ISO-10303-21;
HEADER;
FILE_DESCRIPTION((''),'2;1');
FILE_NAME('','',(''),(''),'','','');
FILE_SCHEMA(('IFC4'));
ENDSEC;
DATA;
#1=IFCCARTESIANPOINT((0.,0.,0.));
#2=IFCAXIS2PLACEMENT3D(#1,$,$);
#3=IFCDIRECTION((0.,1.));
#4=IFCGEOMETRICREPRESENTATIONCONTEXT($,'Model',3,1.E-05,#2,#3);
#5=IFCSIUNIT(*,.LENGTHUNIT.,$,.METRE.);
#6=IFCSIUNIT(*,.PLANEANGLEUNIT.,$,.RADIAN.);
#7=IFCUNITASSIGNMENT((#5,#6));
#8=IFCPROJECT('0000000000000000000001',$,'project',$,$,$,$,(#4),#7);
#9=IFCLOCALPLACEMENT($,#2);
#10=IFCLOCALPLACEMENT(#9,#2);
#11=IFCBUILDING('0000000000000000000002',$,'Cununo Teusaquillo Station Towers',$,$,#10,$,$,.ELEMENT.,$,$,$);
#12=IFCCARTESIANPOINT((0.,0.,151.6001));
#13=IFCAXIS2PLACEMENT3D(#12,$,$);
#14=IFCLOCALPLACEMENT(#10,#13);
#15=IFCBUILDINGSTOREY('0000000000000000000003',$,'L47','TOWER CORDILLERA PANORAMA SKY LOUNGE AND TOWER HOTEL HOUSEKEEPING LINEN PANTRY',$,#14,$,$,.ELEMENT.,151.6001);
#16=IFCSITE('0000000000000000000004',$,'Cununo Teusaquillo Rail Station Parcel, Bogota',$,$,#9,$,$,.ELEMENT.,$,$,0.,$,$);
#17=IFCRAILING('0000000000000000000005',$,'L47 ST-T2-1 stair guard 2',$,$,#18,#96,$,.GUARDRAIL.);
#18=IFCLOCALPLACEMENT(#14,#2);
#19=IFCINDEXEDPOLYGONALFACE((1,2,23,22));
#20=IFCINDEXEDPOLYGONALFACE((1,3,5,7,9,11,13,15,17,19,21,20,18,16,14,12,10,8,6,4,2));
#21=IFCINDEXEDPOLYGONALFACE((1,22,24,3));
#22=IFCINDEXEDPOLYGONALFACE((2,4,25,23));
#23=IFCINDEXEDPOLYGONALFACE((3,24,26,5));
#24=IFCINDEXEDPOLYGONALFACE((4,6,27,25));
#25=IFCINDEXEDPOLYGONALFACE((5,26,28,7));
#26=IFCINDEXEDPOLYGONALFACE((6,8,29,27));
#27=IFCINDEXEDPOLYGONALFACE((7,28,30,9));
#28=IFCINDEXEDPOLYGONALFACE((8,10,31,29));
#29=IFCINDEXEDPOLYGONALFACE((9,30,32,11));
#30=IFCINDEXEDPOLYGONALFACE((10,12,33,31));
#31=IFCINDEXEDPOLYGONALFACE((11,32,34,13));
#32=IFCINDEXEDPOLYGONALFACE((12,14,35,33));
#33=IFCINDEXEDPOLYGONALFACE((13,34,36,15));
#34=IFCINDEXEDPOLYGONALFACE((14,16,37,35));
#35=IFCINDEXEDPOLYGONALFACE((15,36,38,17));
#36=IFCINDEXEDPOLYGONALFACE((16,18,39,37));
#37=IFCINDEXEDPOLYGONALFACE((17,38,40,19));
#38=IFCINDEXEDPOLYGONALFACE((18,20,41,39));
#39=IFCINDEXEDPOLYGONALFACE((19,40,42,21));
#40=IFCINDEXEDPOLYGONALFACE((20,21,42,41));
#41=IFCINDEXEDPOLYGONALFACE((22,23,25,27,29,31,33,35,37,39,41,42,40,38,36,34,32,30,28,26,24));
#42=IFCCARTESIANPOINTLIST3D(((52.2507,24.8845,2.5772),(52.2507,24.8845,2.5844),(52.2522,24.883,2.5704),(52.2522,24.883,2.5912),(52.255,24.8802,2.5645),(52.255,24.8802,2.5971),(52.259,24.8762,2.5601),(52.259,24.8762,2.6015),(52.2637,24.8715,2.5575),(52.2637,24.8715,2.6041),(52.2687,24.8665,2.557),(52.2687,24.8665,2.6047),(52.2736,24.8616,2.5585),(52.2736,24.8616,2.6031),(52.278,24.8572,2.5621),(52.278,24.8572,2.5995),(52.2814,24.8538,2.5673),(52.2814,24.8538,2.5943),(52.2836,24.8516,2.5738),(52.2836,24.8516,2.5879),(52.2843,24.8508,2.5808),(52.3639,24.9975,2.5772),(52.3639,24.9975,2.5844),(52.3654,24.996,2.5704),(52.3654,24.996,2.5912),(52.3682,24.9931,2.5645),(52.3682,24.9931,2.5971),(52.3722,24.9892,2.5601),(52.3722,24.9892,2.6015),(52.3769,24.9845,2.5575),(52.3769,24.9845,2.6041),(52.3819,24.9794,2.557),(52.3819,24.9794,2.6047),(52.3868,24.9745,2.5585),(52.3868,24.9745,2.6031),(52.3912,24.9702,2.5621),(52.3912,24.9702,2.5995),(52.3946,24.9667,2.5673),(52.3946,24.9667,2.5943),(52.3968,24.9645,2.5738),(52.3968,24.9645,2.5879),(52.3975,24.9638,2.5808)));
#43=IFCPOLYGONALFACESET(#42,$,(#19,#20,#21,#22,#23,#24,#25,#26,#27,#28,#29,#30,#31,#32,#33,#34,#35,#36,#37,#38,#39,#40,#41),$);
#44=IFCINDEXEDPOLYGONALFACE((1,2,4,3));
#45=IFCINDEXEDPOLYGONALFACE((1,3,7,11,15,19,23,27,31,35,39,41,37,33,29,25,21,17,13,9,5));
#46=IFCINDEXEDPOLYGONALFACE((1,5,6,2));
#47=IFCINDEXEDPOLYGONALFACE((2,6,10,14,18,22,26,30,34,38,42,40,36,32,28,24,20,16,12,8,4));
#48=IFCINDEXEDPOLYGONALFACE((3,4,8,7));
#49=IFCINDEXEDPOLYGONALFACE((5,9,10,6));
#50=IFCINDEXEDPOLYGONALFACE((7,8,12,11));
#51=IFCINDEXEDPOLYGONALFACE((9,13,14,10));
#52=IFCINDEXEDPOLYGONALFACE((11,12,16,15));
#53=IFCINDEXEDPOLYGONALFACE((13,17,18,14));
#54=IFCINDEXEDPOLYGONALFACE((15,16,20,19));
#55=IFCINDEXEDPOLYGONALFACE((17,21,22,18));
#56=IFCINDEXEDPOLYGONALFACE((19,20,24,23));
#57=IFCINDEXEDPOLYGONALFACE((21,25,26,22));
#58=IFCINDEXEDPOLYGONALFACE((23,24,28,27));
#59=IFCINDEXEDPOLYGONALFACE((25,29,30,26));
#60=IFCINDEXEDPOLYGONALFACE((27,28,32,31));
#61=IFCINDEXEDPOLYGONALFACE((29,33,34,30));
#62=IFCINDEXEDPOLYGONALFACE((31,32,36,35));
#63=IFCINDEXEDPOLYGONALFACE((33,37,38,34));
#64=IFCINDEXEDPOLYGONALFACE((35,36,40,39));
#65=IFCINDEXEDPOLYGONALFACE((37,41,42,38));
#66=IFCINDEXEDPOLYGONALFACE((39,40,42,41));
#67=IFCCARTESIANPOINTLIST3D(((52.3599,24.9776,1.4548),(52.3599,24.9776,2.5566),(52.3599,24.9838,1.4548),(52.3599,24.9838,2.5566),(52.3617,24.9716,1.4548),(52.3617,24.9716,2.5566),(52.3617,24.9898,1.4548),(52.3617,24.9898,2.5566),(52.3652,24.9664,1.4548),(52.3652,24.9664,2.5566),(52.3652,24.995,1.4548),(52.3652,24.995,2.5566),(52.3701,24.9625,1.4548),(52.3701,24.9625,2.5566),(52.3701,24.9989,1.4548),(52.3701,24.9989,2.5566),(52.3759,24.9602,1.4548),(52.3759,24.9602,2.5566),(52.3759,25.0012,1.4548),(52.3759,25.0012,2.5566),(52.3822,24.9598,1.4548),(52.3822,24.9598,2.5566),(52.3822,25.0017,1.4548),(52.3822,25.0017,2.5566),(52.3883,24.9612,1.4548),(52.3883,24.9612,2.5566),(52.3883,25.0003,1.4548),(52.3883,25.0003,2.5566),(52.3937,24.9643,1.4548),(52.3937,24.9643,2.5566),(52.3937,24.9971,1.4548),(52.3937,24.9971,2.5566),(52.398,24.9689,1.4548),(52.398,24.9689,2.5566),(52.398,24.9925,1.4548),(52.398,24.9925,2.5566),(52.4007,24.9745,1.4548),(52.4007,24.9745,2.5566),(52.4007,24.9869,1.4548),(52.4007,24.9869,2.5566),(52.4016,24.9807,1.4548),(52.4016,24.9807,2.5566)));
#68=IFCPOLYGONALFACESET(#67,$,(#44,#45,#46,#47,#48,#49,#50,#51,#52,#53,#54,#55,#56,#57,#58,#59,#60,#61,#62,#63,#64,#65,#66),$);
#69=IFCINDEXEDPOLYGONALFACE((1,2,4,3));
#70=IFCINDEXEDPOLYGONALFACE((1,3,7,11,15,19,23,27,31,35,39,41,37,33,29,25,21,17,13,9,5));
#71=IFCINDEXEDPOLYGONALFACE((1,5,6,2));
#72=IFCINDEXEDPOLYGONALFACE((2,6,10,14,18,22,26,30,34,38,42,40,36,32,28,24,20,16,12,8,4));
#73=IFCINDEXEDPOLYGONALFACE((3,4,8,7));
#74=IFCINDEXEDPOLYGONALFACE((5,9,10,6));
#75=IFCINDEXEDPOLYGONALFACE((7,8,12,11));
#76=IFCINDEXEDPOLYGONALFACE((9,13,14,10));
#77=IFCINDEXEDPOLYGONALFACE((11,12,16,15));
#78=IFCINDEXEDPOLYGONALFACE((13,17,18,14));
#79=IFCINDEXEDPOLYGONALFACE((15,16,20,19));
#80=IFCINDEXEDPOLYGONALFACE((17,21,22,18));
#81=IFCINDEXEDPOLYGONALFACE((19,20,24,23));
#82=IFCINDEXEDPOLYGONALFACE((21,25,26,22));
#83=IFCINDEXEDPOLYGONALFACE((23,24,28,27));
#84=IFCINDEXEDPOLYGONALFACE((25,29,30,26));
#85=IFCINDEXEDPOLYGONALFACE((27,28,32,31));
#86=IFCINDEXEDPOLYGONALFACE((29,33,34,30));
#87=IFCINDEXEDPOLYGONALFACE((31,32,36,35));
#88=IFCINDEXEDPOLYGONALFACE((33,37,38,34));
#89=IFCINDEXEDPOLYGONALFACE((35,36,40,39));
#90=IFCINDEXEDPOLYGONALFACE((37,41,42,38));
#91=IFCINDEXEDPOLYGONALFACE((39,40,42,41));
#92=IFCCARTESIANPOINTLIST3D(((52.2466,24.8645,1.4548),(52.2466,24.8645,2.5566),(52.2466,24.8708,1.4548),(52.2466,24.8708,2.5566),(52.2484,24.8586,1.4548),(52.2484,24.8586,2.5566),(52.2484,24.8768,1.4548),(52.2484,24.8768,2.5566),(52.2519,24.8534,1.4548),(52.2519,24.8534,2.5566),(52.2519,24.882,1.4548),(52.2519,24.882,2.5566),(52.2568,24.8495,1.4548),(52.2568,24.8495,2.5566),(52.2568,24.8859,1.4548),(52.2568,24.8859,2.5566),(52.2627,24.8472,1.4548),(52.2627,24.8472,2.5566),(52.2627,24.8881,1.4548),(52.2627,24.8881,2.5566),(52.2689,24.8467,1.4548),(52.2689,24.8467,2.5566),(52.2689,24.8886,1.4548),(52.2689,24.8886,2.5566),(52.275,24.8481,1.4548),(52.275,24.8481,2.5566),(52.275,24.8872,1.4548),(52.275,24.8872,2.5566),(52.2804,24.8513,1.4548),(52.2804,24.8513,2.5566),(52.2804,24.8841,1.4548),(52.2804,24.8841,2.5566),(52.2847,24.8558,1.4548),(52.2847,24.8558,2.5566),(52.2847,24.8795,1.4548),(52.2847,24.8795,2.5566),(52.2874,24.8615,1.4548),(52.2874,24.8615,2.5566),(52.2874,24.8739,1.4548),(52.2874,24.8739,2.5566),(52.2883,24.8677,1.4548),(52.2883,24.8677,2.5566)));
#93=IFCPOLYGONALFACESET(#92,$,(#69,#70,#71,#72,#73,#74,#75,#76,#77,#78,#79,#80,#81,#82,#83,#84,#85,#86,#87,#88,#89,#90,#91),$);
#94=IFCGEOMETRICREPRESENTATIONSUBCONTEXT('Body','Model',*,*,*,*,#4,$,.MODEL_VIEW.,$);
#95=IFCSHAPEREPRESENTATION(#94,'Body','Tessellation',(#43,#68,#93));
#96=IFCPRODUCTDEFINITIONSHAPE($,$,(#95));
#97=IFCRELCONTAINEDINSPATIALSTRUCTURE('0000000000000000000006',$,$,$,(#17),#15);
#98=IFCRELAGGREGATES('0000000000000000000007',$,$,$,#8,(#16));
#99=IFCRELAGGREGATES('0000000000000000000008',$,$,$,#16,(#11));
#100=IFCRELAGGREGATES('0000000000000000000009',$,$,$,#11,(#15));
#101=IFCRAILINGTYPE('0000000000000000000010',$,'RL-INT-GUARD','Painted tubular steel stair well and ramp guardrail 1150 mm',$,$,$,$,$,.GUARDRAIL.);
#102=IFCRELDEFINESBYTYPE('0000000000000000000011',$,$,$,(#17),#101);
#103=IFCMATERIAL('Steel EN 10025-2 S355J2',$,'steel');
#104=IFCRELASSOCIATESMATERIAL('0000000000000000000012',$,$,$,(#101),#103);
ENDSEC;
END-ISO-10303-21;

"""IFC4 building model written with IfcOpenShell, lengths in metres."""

from ifc_helpers import new_model, si_unit, direction, frame, origin, origin_2d, place, context, subcontext, project, spatial, circle, extrude, material, type_object, element, save


model = new_model("IFC4")

# Units and contexts
model_context = context("Model", 3, precision=1e-05, world=origin(), true_north=direction((0.0, 1.0)))
body_context = subcontext(model_context, "Body", "Model", "MODEL_VIEW")
ifc_project = project(units=[si_unit("LENGTHUNIT", "METRE"), si_unit("PLANEANGLEUNIT", "RADIAN")], contexts=[model_context])

# Site, building, storey
site_placement = place(None, origin())
site = spatial("IfcSite", under=ifc_project, at=site_placement, Name="Cununo Teusaquillo Rail Station Parcel, Bogota", CompositionType="ELEMENT", RefElevation=0.0)
building_placement = place(site_placement, origin())
building = spatial("IfcBuilding", under=site, at=building_placement, Name="Cununo Teusaquillo Station Towers", CompositionType="ELEMENT")
storey_placement = place(building_placement, frame((0.0, 0.0, 151.6001)))
storey = spatial("IfcBuildingStorey", under=building, at=storey_placement, Name="L47", Description="TOWER CORDILLERA PANORAMA SKY LOUNGE AND TOWER HOTEL HOUSEKEEPING LINEN PANTRY", CompositionType="ELEMENT", Elevation=151.6001)

# Railing
ifc_material_1 = material(Name="Steel EN 10025-2 S355J2", Category="steel")
railing_type_1 = type_object("IfcRailingType", Name="RL-INT-GUARD", Description="Painted tubular steel stair well and ramp guardrail 1150 mm", PredefinedType="GUARDRAIL", material=ifc_material_1)
railing_1_placement = place(storey_placement, frame((52.3806, 24.9807, 1.4548)))
element("IfcRailing", 1, at=railing_1_placement, inside=storey, type_object=railing_type_1, Name="L47 ST-T2-1 stair guard 2", PredefinedType="GUARDRAIL", context=body_context, shape_type="SweptSolid", body=[
    extrude(circle(Radius=0.0239, at=origin_2d()), frame((0.0, 0.0, 1.126), z_axis=(-0.707869, -0.706344, 0.0), x_axis=(0.706344, -0.707869, 0.0)), (0.0, 0.0, 1.0), 0.1599),
    extrude(circle(Radius=0.021, at=origin_2d()), origin(), (0.0, 0.0, 1.0), 1.1018),
    extrude(circle(Radius=0.021, at=origin_2d()), frame((-0.1133, -0.113, 0.0)), (0.0, 0.0, 1.0), 1.1018),
])

save(model, "model.ifc")
